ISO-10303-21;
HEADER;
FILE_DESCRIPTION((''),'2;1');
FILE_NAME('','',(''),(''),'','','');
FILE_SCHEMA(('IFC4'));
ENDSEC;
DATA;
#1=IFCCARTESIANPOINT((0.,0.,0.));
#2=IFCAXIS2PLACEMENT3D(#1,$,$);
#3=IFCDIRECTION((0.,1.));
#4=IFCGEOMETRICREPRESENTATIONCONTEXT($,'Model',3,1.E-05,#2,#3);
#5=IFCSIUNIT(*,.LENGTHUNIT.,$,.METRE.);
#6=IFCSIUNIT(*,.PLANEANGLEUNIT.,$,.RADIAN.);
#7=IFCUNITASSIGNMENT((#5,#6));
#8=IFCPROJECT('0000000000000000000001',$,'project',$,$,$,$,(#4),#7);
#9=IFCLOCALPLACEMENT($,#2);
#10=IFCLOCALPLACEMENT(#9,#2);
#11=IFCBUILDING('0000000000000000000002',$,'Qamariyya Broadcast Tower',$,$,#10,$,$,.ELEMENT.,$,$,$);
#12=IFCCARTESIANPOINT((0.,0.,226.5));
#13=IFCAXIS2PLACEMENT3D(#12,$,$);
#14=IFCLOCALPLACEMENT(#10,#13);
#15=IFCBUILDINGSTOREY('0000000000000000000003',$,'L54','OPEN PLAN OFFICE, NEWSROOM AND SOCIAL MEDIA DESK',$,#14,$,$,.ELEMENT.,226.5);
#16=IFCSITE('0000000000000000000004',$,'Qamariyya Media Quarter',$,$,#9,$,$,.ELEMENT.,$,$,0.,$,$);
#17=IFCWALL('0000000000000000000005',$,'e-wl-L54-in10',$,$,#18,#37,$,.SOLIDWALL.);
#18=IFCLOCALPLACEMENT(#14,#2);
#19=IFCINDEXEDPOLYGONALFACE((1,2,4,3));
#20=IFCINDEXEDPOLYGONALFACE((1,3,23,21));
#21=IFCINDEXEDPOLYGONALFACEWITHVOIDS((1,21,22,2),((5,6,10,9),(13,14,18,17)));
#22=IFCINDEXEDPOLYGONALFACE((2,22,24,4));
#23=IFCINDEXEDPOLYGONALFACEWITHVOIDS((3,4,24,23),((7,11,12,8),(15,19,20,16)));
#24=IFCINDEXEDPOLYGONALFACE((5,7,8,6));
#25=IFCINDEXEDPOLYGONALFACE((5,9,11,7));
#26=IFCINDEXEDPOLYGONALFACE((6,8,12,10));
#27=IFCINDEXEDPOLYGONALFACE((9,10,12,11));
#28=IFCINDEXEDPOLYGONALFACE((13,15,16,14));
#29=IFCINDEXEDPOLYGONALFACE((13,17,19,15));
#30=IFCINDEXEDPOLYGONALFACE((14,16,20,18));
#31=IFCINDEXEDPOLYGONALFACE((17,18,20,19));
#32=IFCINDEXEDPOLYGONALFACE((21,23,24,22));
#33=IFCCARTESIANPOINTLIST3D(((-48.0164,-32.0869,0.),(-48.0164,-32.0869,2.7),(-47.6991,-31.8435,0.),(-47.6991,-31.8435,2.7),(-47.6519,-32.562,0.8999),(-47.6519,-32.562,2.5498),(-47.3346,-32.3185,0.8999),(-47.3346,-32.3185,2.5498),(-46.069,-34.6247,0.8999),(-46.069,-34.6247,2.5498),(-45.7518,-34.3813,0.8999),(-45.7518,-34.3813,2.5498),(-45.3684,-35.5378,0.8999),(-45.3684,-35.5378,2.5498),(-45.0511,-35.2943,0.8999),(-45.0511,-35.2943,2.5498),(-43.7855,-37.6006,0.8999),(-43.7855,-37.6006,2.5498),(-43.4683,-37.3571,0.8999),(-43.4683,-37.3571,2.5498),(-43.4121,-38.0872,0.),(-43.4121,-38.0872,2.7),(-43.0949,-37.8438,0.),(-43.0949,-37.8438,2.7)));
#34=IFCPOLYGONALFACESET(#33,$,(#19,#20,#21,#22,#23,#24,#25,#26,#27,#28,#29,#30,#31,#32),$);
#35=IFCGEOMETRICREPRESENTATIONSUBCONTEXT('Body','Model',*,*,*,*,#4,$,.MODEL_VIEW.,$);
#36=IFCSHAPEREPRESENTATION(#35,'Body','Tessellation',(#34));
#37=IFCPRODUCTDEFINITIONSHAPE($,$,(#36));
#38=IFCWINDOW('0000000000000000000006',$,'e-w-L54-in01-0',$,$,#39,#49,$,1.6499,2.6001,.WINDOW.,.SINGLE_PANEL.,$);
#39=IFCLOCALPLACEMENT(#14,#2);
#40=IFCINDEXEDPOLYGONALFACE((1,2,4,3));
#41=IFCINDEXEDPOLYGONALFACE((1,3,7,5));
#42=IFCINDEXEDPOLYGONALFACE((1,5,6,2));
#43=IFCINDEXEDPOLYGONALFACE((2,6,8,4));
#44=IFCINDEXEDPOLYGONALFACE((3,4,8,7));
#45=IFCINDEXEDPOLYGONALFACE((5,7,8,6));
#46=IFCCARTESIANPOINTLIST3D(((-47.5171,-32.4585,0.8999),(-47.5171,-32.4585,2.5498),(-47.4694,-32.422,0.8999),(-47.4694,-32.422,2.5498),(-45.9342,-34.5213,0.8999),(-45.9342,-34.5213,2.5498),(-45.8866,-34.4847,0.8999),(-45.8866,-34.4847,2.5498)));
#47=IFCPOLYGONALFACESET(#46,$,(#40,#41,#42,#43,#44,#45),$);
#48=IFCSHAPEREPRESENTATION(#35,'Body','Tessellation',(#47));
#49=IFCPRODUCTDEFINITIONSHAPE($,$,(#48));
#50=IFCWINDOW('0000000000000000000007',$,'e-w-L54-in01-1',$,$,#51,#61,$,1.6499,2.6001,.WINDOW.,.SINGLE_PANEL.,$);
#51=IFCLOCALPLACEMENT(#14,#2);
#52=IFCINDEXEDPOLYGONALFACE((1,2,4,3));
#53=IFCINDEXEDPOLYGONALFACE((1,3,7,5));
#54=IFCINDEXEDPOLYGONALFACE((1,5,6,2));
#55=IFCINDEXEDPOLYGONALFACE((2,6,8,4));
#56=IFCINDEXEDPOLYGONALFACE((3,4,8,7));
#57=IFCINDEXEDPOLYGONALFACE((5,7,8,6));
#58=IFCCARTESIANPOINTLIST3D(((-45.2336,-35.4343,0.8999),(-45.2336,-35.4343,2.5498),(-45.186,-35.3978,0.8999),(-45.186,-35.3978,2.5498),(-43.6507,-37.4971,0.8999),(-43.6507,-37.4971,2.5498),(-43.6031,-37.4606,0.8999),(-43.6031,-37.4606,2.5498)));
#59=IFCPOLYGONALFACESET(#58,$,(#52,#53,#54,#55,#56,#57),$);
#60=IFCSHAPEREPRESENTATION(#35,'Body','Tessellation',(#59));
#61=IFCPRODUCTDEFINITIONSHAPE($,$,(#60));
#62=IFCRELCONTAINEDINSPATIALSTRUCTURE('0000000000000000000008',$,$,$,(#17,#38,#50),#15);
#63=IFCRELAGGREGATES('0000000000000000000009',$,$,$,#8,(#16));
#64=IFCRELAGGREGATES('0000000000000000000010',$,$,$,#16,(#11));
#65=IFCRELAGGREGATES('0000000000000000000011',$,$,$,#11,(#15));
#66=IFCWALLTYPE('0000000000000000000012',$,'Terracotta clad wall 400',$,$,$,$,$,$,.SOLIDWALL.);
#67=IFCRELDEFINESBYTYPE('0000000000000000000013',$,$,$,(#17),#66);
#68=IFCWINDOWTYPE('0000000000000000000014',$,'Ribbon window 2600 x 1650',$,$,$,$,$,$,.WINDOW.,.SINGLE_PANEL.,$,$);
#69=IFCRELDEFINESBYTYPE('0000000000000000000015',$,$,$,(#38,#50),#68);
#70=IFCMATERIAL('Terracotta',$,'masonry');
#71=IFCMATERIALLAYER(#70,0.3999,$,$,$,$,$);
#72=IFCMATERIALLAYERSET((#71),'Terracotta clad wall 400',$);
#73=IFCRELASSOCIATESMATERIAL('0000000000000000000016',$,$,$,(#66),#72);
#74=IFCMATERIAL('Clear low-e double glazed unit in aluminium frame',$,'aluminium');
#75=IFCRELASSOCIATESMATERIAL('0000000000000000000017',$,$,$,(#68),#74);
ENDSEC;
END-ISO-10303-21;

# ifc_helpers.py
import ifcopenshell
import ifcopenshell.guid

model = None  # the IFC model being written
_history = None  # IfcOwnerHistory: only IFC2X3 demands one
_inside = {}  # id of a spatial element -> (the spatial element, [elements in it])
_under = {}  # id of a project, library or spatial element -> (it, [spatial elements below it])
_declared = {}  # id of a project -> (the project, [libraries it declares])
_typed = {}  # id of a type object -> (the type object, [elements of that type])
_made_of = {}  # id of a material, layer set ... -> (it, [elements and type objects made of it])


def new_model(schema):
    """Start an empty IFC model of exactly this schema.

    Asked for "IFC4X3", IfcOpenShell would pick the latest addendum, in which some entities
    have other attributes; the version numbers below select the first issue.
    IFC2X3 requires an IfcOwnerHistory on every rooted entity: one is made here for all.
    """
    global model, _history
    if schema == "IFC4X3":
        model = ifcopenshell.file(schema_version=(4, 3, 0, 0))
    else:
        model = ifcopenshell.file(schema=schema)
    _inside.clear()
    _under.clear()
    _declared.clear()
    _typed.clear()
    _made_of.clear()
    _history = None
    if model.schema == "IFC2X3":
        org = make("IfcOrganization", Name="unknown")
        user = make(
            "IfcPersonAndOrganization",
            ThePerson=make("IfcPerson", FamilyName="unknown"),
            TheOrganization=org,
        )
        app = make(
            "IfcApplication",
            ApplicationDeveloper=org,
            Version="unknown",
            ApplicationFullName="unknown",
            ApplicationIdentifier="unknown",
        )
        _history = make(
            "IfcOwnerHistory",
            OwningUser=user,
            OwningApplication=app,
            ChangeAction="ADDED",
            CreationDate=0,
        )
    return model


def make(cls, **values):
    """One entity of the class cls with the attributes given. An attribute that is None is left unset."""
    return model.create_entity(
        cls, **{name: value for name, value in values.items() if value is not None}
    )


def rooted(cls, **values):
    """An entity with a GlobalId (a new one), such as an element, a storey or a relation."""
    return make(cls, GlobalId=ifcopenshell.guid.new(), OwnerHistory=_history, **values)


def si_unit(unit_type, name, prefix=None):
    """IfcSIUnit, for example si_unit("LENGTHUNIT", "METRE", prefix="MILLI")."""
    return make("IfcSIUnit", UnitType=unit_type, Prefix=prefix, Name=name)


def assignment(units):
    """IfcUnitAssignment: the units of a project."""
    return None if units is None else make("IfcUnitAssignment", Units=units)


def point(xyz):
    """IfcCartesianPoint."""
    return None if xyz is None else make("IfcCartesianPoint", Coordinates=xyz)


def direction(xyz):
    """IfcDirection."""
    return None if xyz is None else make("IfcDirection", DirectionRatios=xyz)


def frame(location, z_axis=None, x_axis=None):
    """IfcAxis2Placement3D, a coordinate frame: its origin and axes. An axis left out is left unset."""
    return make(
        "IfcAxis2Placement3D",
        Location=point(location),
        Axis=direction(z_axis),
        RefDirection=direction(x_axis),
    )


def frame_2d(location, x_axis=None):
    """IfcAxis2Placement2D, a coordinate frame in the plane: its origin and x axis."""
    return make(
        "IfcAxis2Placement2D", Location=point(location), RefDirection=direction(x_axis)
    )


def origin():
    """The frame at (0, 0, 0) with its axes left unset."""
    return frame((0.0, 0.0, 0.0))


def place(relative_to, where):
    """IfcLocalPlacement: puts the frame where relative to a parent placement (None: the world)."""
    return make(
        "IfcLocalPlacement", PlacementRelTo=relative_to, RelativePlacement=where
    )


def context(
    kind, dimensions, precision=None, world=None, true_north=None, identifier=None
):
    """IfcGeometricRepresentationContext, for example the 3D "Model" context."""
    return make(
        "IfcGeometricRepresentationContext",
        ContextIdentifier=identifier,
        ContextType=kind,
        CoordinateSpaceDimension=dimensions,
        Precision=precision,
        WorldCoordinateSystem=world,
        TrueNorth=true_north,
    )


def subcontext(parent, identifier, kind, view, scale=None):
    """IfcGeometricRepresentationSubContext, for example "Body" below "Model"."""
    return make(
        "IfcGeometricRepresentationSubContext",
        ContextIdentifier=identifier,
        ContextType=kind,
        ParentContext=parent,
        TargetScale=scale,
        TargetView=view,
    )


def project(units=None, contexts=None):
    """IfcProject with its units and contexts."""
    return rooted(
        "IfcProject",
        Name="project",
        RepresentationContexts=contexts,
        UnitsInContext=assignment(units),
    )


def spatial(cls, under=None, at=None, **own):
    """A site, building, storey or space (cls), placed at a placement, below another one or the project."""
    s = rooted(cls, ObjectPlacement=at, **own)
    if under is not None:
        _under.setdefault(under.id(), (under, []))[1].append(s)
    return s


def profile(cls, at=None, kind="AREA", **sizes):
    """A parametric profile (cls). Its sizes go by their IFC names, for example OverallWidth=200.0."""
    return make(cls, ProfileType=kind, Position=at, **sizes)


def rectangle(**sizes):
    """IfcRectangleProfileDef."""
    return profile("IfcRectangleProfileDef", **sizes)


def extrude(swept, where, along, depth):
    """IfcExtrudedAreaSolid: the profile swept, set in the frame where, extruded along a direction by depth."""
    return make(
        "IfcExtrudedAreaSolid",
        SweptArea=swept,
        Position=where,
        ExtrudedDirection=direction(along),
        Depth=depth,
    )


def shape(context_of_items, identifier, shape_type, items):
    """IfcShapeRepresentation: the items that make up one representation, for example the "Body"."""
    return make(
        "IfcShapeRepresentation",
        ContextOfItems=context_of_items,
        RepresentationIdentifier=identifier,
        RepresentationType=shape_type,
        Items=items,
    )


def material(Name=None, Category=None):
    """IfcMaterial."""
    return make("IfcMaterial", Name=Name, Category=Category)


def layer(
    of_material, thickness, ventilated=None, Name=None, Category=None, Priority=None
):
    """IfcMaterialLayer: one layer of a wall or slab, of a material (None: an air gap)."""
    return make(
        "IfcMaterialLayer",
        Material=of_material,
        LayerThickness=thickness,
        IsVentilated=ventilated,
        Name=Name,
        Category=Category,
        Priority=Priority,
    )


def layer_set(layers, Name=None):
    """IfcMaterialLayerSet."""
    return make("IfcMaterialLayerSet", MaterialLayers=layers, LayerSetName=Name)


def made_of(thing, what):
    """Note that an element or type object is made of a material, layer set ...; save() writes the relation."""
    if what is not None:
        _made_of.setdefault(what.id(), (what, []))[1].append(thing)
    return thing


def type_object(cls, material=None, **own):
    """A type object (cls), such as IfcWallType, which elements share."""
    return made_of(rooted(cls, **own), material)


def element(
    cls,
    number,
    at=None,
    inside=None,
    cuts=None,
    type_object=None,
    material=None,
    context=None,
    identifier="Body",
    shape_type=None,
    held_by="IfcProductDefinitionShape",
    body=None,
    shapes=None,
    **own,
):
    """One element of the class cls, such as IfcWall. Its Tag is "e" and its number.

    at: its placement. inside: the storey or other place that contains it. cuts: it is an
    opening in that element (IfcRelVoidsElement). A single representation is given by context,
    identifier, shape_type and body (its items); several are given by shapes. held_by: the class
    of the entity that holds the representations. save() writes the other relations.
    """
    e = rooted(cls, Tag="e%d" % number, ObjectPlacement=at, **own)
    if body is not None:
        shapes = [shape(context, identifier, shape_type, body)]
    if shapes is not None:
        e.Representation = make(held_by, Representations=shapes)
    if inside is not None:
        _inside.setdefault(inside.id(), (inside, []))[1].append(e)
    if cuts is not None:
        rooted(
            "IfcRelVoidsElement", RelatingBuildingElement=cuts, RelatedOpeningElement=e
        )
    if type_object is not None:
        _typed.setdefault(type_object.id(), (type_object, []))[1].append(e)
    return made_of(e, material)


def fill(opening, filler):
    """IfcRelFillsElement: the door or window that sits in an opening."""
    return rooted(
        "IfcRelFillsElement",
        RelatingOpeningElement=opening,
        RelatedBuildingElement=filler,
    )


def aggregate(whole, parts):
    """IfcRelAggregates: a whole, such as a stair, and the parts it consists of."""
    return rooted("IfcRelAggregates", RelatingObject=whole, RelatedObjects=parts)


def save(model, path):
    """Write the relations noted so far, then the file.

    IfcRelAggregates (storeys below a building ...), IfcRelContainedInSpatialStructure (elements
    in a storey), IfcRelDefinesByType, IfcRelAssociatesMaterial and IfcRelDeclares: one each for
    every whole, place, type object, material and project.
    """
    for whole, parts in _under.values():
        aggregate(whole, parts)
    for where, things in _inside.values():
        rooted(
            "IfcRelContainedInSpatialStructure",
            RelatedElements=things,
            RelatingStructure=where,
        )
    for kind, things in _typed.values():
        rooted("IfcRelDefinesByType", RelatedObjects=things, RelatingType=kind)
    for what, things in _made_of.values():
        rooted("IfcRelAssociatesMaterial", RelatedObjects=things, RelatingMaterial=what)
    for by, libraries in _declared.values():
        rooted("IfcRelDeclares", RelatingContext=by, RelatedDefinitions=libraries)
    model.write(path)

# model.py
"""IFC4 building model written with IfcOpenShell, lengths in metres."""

from ifc_helpers import new_model, si_unit, direction, frame, frame_2d, origin, place, context, subcontext, project, spatial, rectangle, extrude, material, layer, layer_set, type_object, element, fill, save


model = new_model("IFC4")

# Units and contexts
model_context = context("Model", 3, precision=1e-05, world=origin(), true_north=direction((0.0, 1.0)))
body_context = subcontext(model_context, "Body", "Model", "MODEL_VIEW")
ifc_project = project(units=[si_unit("LENGTHUNIT", "METRE"), si_unit("PLANEANGLEUNIT", "RADIAN")], contexts=[model_context])

# Site, building, storey
site_placement = place(None, origin())
site = spatial("IfcSite", under=ifc_project, at=site_placement, Name="Qamariyya Media Quarter", CompositionType="ELEMENT", RefElevation=0.0)
building_placement = place(site_placement, origin())
building = spatial("IfcBuilding", under=site, at=building_placement, Name="Qamariyya Broadcast Tower", CompositionType="ELEMENT")
storey_placement = place(building_placement, frame((0.0, 0.0, 226.5)))
storey = spatial("IfcBuildingStorey", under=building, at=storey_placement, Name="L54", Description="OPEN PLAN OFFICE, NEWSROOM AND SOCIAL MEDIA DESK", CompositionType="ELEMENT", Elevation=226.5)

# Shared definitions
ifc_material_1 = material(Name="Terracotta", Category="masonry")
ifc_layer = layer(ifc_material_1, 0.3999)
ifc_layer_set = layer_set([ifc_layer], Name="Terracotta clad wall 400")
wall_type = type_object("IfcWallType", Name="Terracotta clad wall 400", PredefinedType="SOLIDWALL", material=ifc_layer_set)
ifc_material_2 = material(Name="Clear low-e double glazed unit in aluminium frame", Category="aluminium")

# Wall, openings, windows
wall_1_placement = place(storey_placement, frame((-43.2534, -37.9656, 0.0), z_axis=(0.0, 0.0, 1.0), x_axis=(-0.60877, 0.793347, 0.0)))
wall_1 = element("IfcWall", 1, at=wall_1_placement, inside=storey, type_object=wall_type, Name="e-wl-L54-in10", PredefinedType="SOLIDWALL", context=body_context, shape_type="SweptSolid", body=[
    extrude(rectangle(XDim=7.5632, YDim=0.3999, at=frame_2d((3.7817, 0.0))), origin(), (0.0, 0.0, 1.0), 2.7),
])
opening_1_placement = place(wall_1_placement, frame((4.3645, 0.0, 0.8999)))
opening_1 = element("IfcOpeningElement", 2, at=opening_1_placement, cuts=wall_1, PredefinedType="OPENING", context=body_context, shape_type="SweptSolid", body=[
    extrude(rectangle(XDim=2.6001, YDim=1.6499, at=frame_2d((1.3, 0.825))), frame((0.0, 0.21, 0.0), z_axis=(0.0, -1.0, 0.0), x_axis=(1.0, 0.0, 0.0)), (0.0, 0.0, 1.0), 0.4199),
])
opening_2_placement = place(wall_1_placement, frame((0.6135, 0.0, 0.8999)))
opening_2 = element("IfcOpeningElement", 3, at=opening_2_placement, cuts=wall_1, PredefinedType="OPENING", context=body_context, shape_type="SweptSolid", body=[
    extrude(rectangle(XDim=2.6001, YDim=1.6499, at=frame_2d((1.3, 0.825))), frame((0.0, 0.21, 0.0), z_axis=(0.0, -1.0, 0.0), x_axis=(1.0, 0.0, 0.0)), (0.0, 0.0, 1.0), 0.4199),
])
window_type_1 = type_object("IfcWindowType", Name="Ribbon window 2600 x 1650", PartitioningType="SINGLE_PANEL", PredefinedType="WINDOW", material=ifc_material_2)
window_1_placement = place(opening_1_placement, origin())
window_1 = element("IfcWindow", 4, at=window_1_placement, inside=storey, type_object=window_type_1, Name="e-w-L54-in01-0", OverallHeight=1.6499, OverallWidth=2.6001, PartitioningType="SINGLE_PANEL", PredefinedType="WINDOW", context=body_context, shape_type="SweptSolid", body=[
    extrude(rectangle(XDim=2.6001, YDim=1.6499, at=frame_2d((1.3, 0.825))), frame((0.0, 0.03, 0.0), z_axis=(0.0, -1.0, 0.0), x_axis=(1.0, 0.0, 0.0)), (0.0, 0.0, 1.0), 0.0601),
])
fill(opening_1, window_1)
window_2_placement = place(opening_2_placement, origin())
window_2 = element("IfcWindow", 5, at=window_2_placement, inside=storey, type_object=window_type_1, Name="e-w-L54-in01-1", OverallHeight=1.6499, OverallWidth=2.6001, PartitioningType="SINGLE_PANEL", PredefinedType="WINDOW", context=body_context, shape_type="SweptSolid", body=[
    extrude(rectangle(XDim=2.6001, YDim=1.6499, at=frame_2d((1.3, 0.825))), frame((0.0, 0.03, 0.0), z_axis=(0.0, -1.0, 0.0), x_axis=(1.0, 0.0, 0.0)), (0.0, 0.0, 1.0), 0.0601),
])
fill(opening_2, window_2)

save(model, "model.ifc")
